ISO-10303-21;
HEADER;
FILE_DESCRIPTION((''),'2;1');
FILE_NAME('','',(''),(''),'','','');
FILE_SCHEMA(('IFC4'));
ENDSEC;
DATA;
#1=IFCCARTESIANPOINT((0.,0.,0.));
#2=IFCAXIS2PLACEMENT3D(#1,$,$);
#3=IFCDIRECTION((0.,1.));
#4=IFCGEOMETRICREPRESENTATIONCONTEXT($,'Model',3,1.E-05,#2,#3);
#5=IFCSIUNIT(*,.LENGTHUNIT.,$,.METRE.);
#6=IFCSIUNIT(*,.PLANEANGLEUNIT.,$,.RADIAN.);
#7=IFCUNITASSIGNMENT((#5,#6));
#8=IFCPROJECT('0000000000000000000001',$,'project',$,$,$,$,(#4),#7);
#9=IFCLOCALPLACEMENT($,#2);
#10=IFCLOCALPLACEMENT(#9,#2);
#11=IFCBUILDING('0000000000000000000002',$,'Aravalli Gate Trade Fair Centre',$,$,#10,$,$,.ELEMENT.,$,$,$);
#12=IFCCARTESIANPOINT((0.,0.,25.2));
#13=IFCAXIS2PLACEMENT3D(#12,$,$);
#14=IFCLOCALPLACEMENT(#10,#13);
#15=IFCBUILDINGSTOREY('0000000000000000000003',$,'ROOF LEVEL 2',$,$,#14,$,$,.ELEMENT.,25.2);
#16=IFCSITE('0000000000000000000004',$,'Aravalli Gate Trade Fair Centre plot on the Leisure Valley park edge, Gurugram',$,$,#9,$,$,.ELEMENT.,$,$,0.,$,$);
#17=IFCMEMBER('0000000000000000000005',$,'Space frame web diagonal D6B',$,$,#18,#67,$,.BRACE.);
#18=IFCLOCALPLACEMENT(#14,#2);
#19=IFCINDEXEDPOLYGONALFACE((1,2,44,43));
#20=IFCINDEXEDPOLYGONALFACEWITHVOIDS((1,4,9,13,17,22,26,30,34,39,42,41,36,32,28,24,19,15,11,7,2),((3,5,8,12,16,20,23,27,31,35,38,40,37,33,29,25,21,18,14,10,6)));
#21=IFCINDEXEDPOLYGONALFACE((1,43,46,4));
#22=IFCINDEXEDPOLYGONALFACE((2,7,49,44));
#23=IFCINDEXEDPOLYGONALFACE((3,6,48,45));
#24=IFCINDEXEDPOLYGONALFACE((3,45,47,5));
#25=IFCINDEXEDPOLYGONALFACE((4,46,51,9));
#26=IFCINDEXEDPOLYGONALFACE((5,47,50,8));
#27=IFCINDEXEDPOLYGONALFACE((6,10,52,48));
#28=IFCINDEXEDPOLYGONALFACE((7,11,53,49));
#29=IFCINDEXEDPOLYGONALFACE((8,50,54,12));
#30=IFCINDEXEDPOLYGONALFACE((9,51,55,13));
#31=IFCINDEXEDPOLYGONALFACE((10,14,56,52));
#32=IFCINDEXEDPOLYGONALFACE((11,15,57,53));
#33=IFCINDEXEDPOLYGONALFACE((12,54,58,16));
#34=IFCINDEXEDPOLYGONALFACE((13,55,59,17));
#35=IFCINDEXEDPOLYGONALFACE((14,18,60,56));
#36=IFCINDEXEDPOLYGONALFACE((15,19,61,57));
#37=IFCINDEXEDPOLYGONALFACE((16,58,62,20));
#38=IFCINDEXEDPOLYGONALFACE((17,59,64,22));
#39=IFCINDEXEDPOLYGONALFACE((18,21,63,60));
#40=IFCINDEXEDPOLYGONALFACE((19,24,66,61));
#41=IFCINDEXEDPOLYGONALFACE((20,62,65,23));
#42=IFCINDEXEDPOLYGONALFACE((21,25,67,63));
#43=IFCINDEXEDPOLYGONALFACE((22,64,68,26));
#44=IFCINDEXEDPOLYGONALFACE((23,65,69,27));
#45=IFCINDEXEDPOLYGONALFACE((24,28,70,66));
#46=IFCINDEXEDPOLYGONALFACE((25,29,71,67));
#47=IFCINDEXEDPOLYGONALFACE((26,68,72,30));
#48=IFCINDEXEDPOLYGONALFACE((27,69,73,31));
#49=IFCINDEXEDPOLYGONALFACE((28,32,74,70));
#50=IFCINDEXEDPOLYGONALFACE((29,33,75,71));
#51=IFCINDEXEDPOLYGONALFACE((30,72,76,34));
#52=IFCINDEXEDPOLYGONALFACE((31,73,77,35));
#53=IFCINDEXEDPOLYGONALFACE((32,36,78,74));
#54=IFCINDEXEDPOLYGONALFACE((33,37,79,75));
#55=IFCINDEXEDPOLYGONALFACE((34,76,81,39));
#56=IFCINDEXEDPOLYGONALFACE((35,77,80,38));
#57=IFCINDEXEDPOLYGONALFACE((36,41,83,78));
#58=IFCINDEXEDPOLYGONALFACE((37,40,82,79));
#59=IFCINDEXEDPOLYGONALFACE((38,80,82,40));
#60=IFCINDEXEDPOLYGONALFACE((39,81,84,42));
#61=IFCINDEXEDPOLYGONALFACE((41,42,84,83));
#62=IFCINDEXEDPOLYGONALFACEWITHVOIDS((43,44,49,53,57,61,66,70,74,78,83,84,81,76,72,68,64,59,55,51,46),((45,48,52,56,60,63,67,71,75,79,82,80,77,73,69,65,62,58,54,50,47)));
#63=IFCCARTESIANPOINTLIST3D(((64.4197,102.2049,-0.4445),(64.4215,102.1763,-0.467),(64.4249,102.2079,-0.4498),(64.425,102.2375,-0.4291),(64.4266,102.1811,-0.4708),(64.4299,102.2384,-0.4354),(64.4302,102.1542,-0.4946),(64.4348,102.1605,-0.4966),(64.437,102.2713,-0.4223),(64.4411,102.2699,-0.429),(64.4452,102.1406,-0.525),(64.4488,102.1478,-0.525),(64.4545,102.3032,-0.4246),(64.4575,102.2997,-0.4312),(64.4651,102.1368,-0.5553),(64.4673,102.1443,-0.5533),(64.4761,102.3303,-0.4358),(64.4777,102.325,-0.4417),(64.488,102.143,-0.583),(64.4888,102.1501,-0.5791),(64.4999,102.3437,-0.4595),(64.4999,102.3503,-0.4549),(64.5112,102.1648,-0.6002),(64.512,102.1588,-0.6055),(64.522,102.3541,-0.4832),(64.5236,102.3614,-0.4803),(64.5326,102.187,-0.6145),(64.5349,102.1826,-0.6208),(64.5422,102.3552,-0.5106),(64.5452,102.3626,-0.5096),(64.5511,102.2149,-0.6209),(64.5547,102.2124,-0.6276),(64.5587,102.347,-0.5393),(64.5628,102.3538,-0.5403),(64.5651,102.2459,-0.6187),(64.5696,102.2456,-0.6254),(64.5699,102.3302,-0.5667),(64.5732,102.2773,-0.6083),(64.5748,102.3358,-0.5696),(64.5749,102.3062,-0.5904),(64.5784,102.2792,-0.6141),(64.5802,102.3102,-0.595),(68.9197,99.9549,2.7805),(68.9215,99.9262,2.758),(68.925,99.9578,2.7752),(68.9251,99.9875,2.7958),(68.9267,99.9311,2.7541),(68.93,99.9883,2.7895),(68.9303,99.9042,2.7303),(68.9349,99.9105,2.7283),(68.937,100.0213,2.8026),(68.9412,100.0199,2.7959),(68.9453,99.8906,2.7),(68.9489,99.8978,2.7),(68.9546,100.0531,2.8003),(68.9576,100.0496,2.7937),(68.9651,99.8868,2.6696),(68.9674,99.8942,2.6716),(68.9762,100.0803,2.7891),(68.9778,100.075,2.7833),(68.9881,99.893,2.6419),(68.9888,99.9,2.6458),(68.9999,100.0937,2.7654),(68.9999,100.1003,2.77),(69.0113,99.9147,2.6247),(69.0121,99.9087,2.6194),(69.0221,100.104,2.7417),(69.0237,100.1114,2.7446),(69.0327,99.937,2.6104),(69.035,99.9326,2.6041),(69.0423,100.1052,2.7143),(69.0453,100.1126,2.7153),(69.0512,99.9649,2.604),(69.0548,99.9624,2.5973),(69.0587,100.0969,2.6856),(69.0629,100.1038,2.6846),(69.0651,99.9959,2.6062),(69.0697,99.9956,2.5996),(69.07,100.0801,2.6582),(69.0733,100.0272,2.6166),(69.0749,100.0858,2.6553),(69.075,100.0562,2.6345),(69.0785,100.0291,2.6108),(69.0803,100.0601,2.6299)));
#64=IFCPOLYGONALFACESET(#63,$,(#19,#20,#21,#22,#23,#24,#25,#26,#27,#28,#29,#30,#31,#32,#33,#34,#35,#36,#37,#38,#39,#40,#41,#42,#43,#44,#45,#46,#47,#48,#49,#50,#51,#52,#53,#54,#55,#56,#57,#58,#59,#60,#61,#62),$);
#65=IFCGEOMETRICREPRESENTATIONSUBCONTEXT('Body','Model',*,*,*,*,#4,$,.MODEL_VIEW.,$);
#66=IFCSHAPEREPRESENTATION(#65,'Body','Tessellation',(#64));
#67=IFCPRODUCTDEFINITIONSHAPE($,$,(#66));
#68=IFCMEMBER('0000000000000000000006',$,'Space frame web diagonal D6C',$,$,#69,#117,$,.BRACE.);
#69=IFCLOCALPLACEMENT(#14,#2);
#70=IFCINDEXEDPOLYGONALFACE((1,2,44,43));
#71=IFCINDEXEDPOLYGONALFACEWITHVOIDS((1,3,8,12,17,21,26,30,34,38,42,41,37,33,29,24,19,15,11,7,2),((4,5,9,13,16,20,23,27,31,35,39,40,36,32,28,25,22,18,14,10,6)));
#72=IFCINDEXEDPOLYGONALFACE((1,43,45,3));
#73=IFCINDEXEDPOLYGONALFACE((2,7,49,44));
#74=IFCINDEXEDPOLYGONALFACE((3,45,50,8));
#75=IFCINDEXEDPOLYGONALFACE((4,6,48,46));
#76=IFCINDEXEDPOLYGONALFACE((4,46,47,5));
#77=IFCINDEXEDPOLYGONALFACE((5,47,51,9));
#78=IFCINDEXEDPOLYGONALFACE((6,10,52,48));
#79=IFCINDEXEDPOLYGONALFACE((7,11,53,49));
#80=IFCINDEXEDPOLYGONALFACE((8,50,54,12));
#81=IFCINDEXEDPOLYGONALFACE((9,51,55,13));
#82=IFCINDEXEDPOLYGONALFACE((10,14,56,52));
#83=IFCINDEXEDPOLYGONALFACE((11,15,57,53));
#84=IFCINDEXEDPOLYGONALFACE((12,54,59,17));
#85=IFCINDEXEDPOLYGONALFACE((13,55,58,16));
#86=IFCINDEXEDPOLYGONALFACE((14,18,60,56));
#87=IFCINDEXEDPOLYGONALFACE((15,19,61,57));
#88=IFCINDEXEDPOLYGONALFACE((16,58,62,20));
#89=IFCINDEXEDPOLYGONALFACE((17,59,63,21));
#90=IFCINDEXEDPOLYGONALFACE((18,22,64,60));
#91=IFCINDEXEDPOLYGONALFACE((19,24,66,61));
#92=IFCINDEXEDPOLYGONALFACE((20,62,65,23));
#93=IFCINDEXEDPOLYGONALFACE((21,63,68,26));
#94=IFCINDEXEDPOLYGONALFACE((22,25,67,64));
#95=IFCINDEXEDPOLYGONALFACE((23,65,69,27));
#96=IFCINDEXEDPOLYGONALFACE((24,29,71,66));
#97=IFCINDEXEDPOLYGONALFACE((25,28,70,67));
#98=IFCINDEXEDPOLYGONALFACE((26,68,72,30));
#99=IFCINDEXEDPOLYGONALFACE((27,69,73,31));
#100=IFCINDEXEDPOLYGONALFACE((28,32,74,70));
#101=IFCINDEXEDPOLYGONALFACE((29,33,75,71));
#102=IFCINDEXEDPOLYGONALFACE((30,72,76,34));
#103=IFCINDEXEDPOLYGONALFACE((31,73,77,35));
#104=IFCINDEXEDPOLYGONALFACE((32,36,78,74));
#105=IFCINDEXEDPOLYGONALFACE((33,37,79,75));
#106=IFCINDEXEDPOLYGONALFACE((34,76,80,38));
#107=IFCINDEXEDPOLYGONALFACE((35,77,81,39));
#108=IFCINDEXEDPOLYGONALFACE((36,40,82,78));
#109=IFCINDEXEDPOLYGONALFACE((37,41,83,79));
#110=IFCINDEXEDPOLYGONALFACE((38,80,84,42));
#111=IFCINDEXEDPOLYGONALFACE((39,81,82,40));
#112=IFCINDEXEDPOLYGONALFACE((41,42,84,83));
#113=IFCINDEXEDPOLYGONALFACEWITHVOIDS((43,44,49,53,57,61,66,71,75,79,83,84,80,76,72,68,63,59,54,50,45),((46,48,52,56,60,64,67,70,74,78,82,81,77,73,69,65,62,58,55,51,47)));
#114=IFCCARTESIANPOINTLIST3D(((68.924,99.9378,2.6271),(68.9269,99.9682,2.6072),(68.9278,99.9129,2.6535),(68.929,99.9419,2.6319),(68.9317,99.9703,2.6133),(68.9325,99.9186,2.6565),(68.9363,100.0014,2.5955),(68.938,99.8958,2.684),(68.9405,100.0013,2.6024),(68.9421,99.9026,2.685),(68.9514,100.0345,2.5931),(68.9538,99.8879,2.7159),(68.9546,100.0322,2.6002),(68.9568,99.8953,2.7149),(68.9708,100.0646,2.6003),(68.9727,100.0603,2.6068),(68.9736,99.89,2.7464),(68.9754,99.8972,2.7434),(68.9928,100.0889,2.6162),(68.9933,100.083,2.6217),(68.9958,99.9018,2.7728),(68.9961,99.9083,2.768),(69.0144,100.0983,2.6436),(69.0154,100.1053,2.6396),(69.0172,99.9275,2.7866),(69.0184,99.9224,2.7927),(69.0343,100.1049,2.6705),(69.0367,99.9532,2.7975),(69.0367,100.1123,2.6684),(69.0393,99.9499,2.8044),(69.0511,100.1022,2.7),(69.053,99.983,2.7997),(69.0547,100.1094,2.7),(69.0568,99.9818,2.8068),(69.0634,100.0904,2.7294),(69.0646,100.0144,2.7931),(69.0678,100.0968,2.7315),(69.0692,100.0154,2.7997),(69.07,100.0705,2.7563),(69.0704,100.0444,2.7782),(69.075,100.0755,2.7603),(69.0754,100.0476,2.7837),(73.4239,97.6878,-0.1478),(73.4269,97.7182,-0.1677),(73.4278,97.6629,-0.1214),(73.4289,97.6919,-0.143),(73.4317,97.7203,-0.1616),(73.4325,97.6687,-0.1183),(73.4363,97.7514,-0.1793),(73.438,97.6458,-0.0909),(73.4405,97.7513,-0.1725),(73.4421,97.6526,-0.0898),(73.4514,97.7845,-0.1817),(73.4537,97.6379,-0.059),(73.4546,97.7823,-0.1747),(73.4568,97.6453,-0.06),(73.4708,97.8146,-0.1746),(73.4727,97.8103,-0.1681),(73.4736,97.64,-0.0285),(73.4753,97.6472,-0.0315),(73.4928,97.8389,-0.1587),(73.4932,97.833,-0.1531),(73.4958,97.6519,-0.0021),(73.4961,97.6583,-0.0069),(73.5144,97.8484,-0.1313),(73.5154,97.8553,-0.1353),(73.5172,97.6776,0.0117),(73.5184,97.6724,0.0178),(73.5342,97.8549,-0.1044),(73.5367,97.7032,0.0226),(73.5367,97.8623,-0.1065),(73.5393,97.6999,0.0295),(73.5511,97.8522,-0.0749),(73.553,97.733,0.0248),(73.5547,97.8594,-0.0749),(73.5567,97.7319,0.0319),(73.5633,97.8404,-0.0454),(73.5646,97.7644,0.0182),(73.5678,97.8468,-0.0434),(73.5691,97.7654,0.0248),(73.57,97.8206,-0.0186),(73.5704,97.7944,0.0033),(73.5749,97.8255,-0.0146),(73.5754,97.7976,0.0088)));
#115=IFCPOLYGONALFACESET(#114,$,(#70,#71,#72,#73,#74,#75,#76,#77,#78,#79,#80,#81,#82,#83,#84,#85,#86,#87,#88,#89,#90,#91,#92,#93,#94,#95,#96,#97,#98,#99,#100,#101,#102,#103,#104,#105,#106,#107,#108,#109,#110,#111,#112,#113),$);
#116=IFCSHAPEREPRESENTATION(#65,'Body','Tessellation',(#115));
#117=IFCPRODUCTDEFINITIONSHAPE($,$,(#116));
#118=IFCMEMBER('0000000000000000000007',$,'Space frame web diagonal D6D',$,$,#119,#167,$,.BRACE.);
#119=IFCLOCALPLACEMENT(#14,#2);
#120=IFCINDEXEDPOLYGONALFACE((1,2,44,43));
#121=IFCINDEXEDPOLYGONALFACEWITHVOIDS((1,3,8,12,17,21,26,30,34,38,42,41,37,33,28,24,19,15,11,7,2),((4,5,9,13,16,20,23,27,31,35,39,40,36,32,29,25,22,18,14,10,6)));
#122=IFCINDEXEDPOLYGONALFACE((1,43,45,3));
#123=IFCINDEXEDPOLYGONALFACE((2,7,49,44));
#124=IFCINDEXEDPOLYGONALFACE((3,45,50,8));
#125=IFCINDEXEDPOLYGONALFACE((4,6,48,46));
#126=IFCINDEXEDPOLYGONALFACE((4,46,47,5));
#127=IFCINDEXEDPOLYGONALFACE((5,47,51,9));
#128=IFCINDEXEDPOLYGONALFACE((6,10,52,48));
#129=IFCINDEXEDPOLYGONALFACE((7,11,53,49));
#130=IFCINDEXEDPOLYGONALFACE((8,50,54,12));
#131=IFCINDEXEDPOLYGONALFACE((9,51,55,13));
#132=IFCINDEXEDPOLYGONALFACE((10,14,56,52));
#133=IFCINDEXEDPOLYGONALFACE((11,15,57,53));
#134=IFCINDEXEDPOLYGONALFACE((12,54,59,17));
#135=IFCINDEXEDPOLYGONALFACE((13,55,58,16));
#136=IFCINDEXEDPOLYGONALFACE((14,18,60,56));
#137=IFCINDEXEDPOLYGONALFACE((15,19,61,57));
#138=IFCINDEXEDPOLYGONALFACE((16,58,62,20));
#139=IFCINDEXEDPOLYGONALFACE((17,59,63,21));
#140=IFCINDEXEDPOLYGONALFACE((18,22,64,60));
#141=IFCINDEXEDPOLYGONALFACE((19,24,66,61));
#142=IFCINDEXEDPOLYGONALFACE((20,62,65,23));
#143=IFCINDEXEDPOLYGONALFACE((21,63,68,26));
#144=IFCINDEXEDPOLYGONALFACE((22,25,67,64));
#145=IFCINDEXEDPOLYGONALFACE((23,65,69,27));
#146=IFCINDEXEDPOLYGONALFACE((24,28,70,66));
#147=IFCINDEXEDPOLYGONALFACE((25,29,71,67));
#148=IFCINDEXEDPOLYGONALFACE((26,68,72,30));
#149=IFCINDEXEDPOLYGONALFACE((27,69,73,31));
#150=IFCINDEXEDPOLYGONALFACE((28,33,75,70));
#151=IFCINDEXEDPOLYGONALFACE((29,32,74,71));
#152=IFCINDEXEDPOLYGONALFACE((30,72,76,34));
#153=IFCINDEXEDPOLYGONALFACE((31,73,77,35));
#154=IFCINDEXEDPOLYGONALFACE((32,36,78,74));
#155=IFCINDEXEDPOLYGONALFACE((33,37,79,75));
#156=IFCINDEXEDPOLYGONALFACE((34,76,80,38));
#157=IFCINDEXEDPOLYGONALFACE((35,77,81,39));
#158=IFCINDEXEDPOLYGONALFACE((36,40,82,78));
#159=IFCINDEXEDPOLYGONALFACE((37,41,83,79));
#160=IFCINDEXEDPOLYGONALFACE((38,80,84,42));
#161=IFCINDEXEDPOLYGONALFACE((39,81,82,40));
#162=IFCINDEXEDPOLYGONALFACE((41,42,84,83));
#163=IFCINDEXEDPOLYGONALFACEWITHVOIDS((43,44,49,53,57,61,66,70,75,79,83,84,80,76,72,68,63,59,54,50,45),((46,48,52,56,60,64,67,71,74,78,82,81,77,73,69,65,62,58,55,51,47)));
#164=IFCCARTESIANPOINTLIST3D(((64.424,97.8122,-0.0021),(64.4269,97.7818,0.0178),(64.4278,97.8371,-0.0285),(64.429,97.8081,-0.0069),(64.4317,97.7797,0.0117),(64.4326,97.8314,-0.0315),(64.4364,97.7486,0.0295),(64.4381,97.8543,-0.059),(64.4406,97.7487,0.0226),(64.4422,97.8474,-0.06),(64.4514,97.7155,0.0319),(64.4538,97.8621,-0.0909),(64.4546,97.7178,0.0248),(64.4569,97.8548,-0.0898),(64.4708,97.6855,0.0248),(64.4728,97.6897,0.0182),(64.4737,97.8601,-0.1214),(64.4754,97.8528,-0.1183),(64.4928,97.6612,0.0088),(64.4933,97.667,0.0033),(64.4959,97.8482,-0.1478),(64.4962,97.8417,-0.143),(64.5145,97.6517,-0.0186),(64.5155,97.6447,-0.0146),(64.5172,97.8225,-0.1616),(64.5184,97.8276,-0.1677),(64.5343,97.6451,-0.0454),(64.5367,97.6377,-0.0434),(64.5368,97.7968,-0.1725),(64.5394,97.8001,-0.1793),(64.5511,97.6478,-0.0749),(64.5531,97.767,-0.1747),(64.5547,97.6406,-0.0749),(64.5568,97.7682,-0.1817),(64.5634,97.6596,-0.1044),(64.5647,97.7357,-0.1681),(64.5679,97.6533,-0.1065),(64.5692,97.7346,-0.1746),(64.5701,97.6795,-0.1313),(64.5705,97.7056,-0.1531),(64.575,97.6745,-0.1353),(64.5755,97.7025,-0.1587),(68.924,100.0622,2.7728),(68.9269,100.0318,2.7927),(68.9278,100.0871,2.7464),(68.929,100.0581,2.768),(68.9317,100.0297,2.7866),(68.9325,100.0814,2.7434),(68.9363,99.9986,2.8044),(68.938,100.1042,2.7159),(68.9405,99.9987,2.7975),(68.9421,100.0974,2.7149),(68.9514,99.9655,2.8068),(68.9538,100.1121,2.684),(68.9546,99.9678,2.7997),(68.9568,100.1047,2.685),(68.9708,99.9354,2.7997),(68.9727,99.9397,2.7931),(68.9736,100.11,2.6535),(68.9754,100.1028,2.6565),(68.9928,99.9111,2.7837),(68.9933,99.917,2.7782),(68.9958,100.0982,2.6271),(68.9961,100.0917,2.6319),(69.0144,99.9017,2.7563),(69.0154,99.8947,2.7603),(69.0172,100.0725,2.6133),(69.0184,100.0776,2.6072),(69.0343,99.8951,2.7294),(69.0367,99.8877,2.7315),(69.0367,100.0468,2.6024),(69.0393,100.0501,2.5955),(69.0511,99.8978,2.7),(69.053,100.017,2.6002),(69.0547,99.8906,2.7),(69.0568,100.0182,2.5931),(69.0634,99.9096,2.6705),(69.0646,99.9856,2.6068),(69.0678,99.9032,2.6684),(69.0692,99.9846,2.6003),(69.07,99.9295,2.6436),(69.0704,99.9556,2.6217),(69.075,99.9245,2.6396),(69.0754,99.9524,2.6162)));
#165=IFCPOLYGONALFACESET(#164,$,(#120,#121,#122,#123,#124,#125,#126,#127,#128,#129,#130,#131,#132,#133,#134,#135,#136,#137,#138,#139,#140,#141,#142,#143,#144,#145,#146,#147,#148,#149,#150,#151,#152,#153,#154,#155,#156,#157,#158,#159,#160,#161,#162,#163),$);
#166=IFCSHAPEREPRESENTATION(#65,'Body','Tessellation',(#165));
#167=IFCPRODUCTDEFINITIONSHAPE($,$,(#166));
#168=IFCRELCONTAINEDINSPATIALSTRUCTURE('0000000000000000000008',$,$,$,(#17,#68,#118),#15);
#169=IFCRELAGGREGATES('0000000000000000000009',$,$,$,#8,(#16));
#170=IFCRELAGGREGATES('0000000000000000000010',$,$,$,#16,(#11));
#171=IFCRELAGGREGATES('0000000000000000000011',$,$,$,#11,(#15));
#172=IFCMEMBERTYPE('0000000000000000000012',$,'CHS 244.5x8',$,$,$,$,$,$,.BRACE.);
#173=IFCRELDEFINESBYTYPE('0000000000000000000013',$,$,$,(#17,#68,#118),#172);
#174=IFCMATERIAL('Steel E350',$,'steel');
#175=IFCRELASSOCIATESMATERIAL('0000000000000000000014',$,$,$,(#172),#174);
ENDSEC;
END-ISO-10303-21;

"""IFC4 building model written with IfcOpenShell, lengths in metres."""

from ifc_helpers import new_model, si_unit, direction, frame, origin, origin_2d, place, context, subcontext, project, spatial, hollow_circle, extrude, material, material_profile, profile_set, type_object, element, save


model = new_model("IFC4")

# Units and contexts
model_context = context("Model", 3, precision=1e-05, world=origin(), true_north=direction((0.0, 1.0)))
body_context = subcontext(model_context, "Body", "Model", "MODEL_VIEW")
ifc_project = project(units=[si_unit("LENGTHUNIT", "METRE"), si_unit("PLANEANGLEUNIT", "RADIAN")], contexts=[model_context])

# Site, building, storey
site_placement = place(None, origin())
site = spatial("IfcSite", under=ifc_project, at=site_placement, Name="Aravalli Gate Trade Fair Centre plot on the Leisure Valley park edge, Gurugram", CompositionType="ELEMENT", RefElevation=0.0)
building_placement = place(site_placement, origin())
building = spatial("IfcBuilding", under=site, at=building_placement, Name="Aravalli Gate Trade Fair Centre", CompositionType="ELEMENT")
storey_placement = place(building_placement, frame((0.0, 0.0, 25.2)))
storey = spatial("IfcBuildingStorey", under=building, at=storey_placement, Name="ROOF LEVEL 2", CompositionType="ELEMENT", Elevation=25.2)

# Members
ifc_material_1 = material(Name="Steel E350", Category="steel")
ifc_material_profile_1 = material_profile(ifc_material_1, hollow_circle(Radius=0.1223, WallThickness=0.0081, at=origin_2d()), Name="CHS 244.5x8")
ifc_profile_set_1 = profile_set([ifc_material_profile_1], Name="Steel E350")
member_type_1 = type_object("IfcMemberType", Name="CHS 244.5x8", PredefinedType="BRACE", material=ifc_profile_set_1)
for number, where, z_axis, x_axis, name in (
    (1, (69.0, 100.0, 2.7), (-0.753016, 0.376508, -0.539637), (-0.447214, -0.894427, 0.0), "Space frame web diagonal D6B"),
):
    element("IfcMember", number, at=place(storey_placement, frame(where, z_axis=z_axis, x_axis=x_axis)), inside=storey, type_object=member_type_1, Name=name, PredefinedType="BRACE", context=body_context, shape_type="SweptSolid", body=[
        extrude(hollow_circle(Radius=0.1223, WallThickness=0.0081, at=origin_2d()), origin(), (0.0, 0.0, 1.0), 5.9761),
    ])
for number, where, z_axis, x_axis, name in (
    (2, (69.0, 100.0, 2.7), (0.7832, -0.3916, -0.482956), (0.447214, 0.894427, 0.0), "Space frame web diagonal D6C"),
    (3, (69.0, 100.0, 2.7), (-0.7832, -0.3916, -0.482956), (0.447214, -0.894427, 0.0), "Space frame web diagonal D6D"),
):
    element("IfcMember", number, at=place(storey_placement, frame(where, z_axis=z_axis, x_axis=x_axis)), inside=storey, type_object=member_type_1, Name=name, PredefinedType="BRACE", context=body_context, shape_type="SweptSolid", body=[
        extrude(hollow_circle(Radius=0.1223, WallThickness=0.0081, at=origin_2d()), origin(), (0.0, 0.0, 1.0), 5.7456),
    ])

save(model, "model.ifc")
